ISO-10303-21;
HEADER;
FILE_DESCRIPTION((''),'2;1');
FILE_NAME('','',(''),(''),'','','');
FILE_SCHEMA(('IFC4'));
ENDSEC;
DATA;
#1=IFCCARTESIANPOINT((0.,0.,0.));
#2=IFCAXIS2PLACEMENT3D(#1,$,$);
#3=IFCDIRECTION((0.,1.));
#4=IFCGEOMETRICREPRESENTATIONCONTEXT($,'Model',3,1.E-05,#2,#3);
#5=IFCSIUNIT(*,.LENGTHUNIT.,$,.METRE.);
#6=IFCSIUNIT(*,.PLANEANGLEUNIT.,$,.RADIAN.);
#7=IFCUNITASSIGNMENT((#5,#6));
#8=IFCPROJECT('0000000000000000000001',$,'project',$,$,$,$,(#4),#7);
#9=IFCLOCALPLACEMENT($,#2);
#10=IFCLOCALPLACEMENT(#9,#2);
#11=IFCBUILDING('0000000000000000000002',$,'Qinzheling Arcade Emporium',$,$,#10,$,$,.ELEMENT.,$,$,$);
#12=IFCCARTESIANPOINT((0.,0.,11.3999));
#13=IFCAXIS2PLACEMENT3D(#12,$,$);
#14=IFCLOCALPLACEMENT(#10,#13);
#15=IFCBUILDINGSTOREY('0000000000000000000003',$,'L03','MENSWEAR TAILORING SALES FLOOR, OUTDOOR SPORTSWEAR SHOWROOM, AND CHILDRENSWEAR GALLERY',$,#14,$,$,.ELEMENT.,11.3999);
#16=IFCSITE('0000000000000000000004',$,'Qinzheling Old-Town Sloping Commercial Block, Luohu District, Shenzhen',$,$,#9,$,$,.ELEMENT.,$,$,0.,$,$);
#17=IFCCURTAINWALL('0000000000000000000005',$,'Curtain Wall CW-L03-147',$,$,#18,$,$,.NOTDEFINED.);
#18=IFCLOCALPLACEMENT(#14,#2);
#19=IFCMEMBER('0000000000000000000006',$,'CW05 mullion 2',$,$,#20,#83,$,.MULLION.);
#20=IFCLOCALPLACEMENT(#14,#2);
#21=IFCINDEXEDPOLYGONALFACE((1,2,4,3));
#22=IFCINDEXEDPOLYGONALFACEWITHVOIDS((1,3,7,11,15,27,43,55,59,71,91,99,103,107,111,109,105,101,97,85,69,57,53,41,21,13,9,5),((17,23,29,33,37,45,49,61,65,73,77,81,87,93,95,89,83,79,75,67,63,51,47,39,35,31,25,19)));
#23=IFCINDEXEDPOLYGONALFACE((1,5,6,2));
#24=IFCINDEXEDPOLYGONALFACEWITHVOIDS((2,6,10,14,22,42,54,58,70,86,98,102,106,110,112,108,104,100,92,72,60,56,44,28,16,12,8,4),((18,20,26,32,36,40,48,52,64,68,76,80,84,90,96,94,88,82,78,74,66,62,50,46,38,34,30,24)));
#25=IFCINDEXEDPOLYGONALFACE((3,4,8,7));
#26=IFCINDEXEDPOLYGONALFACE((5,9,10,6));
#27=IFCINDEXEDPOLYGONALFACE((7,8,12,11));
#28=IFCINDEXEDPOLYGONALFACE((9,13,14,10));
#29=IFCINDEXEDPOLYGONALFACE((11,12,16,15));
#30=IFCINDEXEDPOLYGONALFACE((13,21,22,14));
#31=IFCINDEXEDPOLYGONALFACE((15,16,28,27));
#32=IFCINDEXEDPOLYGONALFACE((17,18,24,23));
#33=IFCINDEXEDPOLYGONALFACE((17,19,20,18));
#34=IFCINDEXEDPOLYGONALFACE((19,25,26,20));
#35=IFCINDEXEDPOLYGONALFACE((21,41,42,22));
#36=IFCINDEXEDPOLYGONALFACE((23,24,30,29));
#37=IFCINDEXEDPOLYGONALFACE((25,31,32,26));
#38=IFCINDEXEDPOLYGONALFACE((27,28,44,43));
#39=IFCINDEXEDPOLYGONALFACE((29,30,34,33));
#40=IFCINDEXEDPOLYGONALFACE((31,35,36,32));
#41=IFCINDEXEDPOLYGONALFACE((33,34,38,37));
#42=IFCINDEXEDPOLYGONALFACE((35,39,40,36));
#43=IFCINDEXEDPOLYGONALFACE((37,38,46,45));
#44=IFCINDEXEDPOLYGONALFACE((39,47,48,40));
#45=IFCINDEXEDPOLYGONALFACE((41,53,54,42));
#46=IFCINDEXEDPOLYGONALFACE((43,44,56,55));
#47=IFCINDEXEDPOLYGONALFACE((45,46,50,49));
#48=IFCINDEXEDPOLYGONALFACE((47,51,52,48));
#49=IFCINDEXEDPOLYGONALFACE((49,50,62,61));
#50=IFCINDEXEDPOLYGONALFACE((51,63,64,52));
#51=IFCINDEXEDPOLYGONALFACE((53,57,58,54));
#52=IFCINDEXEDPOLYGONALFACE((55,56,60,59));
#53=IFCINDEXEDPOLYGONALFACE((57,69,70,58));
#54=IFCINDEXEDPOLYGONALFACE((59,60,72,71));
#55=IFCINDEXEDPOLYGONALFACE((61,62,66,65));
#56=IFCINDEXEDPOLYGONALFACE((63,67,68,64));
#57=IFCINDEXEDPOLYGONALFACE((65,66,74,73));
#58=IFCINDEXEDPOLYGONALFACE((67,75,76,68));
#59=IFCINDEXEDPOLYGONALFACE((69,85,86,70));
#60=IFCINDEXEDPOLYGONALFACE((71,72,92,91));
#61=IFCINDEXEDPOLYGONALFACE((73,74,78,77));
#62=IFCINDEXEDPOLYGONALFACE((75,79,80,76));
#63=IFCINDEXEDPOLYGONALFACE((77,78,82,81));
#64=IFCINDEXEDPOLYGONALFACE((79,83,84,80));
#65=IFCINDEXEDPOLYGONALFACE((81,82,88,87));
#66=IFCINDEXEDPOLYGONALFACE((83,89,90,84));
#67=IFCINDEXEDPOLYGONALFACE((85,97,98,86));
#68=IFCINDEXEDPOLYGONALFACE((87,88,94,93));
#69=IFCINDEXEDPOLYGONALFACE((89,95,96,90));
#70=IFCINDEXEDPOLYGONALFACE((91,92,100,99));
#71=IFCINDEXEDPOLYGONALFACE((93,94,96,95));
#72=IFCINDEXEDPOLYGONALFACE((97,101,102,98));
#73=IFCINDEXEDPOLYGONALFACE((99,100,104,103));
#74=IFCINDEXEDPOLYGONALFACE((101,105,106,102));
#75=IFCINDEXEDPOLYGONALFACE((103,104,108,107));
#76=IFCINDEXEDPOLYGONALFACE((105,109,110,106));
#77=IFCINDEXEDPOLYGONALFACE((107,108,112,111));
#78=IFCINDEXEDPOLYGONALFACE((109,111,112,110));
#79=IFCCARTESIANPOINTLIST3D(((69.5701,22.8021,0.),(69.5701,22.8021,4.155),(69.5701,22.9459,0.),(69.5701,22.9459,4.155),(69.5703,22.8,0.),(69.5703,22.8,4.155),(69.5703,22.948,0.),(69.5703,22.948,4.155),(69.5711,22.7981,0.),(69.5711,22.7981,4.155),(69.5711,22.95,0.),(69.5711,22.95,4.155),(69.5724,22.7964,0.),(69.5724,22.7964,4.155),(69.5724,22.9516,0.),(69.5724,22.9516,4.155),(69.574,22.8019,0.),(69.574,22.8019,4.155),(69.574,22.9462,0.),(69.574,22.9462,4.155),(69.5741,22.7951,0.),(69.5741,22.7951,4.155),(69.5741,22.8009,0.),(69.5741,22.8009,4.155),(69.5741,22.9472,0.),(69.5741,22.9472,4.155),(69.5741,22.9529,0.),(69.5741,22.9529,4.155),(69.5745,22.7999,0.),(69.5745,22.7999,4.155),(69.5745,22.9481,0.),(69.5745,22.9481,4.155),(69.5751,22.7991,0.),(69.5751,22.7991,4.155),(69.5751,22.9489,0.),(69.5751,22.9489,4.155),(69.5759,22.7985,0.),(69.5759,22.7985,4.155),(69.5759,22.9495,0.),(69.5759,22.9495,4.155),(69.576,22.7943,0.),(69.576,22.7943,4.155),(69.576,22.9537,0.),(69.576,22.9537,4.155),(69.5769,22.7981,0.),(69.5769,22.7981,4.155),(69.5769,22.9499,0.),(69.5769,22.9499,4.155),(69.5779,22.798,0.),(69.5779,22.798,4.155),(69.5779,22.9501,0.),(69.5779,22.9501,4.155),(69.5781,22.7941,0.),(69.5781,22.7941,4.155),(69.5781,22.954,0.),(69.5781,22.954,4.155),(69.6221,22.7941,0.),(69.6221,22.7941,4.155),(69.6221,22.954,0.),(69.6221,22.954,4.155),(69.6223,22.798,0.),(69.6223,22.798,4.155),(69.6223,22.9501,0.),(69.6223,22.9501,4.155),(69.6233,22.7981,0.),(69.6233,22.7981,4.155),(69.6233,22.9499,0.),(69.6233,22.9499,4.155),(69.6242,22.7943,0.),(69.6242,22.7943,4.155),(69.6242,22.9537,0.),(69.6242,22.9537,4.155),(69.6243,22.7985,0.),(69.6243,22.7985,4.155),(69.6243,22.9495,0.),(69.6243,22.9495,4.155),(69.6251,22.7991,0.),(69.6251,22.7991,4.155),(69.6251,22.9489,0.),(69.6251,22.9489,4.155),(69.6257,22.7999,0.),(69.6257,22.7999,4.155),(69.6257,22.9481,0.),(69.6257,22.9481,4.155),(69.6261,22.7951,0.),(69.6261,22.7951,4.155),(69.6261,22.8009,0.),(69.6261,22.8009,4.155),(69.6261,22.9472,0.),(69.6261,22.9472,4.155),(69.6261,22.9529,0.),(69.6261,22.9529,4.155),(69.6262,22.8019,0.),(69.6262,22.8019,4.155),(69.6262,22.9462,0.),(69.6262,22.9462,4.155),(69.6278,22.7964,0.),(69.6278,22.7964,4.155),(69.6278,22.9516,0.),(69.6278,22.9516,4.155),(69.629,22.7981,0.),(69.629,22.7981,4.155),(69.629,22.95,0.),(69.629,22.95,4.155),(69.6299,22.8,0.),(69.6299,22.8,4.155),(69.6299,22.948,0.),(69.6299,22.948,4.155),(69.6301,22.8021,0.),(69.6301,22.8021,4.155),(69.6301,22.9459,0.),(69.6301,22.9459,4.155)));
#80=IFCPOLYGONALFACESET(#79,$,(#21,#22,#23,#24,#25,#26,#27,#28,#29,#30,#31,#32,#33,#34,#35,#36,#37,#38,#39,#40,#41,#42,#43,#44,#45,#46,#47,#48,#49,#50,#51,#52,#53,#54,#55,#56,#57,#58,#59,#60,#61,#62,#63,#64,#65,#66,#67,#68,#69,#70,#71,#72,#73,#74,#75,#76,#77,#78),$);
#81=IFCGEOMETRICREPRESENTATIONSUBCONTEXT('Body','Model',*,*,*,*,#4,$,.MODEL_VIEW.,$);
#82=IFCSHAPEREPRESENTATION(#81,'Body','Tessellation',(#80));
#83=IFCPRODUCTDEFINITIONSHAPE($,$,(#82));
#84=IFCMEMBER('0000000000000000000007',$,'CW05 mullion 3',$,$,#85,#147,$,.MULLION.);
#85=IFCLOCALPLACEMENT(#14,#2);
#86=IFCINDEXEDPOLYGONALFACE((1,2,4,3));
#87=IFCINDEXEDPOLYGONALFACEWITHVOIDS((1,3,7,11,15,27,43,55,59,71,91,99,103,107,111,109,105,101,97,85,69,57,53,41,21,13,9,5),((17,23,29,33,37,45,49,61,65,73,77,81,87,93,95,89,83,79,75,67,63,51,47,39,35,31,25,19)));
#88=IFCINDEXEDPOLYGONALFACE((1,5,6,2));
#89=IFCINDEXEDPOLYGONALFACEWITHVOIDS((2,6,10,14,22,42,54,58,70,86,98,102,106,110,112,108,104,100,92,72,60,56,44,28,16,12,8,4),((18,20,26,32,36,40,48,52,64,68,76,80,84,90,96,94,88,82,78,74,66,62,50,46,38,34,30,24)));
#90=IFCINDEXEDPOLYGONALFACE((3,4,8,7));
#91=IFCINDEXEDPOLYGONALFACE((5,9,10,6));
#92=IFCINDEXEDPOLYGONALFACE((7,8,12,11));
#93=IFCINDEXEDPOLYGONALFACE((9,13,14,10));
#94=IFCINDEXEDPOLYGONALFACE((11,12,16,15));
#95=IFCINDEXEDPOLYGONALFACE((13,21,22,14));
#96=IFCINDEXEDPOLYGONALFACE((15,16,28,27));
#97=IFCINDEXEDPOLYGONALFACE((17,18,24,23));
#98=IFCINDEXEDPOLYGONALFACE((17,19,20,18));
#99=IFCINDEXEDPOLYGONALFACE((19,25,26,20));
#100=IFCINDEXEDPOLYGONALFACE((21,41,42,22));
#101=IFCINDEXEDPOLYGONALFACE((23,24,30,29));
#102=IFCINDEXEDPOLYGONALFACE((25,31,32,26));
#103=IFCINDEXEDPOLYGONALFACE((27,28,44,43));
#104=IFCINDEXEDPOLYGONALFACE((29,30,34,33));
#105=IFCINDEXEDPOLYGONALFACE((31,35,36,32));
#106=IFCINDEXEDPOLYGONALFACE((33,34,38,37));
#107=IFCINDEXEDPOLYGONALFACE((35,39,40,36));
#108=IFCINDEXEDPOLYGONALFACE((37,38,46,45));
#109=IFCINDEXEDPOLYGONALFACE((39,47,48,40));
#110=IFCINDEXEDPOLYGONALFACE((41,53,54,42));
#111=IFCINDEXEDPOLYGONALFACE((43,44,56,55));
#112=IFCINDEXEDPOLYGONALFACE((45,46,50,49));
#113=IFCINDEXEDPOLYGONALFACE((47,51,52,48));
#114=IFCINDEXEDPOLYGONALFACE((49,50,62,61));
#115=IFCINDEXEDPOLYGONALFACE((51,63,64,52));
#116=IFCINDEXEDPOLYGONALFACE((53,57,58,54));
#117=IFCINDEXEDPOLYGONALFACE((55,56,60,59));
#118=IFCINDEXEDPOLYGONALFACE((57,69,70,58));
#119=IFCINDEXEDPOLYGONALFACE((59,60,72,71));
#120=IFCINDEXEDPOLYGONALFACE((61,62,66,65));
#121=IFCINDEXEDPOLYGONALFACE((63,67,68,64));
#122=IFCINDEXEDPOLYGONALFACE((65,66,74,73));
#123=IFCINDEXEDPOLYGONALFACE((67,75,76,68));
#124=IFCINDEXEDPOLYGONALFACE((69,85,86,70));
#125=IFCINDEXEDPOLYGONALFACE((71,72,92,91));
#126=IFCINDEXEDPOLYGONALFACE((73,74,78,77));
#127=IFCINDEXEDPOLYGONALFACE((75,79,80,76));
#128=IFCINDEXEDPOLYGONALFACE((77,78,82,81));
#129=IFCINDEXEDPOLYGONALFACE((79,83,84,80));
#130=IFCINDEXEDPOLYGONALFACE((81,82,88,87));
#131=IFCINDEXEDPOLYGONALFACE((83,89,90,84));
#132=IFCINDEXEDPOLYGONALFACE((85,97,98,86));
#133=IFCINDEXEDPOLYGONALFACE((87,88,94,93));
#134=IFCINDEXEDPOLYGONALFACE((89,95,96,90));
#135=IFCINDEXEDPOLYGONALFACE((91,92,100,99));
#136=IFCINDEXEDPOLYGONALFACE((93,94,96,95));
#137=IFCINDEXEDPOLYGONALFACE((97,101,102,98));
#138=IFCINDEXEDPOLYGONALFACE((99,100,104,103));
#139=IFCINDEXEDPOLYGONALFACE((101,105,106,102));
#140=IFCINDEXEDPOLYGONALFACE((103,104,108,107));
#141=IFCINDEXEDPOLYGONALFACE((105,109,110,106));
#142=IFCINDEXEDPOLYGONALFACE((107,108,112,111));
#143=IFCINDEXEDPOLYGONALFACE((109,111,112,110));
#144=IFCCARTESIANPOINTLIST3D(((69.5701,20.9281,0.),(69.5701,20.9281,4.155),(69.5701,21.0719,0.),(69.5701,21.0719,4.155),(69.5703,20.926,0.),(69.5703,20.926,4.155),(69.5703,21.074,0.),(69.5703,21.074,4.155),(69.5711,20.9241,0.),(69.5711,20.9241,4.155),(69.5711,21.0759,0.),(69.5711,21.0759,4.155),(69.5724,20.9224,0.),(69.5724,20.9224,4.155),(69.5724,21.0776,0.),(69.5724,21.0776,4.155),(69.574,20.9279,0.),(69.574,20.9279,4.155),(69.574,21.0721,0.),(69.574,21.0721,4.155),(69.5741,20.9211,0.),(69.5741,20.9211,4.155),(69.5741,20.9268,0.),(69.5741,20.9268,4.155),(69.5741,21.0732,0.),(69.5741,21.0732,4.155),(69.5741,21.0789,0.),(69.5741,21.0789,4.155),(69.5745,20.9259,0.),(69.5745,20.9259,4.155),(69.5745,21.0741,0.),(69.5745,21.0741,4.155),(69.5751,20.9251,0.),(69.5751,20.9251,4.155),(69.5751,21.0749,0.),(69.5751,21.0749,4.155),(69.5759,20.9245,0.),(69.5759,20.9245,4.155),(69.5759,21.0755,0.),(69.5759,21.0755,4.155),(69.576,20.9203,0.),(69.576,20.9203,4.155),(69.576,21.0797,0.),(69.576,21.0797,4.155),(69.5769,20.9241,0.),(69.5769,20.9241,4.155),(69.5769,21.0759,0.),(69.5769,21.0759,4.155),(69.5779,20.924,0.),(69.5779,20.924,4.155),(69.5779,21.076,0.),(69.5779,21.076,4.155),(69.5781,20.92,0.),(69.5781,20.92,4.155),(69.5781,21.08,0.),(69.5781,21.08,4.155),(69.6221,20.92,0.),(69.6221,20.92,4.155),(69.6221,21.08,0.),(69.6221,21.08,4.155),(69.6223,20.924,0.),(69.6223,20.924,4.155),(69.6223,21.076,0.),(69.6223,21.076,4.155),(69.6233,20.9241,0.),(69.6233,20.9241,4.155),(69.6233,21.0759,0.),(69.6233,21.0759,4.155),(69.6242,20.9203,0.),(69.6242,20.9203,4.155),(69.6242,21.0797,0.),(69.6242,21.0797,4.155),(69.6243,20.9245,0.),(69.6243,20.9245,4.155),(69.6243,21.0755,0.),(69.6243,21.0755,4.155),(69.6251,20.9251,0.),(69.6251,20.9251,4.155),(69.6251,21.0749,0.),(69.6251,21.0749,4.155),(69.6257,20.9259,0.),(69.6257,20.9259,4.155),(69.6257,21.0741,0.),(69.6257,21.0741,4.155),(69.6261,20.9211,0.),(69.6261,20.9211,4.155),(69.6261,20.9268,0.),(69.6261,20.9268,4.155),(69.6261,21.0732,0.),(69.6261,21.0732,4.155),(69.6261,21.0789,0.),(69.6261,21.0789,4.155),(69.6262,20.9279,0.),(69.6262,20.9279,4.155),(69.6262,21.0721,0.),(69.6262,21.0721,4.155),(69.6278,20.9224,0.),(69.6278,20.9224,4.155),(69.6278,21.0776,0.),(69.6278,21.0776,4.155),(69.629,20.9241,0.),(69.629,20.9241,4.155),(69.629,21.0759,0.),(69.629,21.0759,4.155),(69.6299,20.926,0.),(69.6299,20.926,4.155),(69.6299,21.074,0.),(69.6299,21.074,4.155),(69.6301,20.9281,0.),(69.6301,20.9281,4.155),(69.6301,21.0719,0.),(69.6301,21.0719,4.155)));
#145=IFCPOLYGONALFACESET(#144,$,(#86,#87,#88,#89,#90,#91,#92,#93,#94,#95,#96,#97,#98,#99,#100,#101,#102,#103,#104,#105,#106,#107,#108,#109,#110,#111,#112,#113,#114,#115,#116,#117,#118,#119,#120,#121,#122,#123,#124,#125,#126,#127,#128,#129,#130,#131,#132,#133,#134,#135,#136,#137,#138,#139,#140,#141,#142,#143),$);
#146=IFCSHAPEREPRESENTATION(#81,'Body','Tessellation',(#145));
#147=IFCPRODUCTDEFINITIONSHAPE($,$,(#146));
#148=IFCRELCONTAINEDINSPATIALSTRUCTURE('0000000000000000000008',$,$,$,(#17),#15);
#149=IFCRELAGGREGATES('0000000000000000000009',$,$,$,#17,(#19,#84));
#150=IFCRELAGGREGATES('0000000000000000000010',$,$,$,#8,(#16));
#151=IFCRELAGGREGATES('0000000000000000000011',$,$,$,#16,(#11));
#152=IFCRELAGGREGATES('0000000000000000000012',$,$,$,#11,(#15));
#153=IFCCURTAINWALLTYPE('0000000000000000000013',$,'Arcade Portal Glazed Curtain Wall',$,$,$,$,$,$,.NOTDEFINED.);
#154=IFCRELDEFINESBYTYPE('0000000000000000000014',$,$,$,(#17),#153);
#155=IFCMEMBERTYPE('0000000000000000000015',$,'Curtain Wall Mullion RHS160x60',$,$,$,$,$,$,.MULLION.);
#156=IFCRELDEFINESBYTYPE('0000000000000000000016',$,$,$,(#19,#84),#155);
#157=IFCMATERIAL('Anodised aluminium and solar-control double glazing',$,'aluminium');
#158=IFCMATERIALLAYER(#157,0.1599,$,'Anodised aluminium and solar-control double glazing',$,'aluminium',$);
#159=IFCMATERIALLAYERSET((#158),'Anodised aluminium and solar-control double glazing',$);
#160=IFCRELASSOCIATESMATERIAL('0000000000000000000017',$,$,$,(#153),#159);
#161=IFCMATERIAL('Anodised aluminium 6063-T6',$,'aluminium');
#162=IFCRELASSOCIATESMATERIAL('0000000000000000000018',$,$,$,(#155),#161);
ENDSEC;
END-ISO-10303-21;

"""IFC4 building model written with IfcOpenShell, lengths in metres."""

from ifc_helpers import new_model, si_unit, direction, frame, origin, origin_2d, place, context, subcontext, project, spatial, hollow_rectangle, extrude, material, layer, layer_set, material_profile, profile_set, type_object, element, aggregate, save


model = new_model("IFC4")

# Units and contexts
model_context = context("Model", 3, precision=1e-05, world=origin(), true_north=direction((0.0, 1.0)))
body_context = subcontext(model_context, "Body", "Model", "MODEL_VIEW")
ifc_project = project(units=[si_unit("LENGTHUNIT", "METRE"), si_unit("PLANEANGLEUNIT", "RADIAN")], contexts=[model_context])

# Site, building, storey
site_placement = place(None, origin())
site = spatial("IfcSite", under=ifc_project, at=site_placement, Name="Qinzheling Old-Town Sloping Commercial Block, Luohu District, Shenzhen", CompositionType="ELEMENT", RefElevation=0.0)
building_placement = place(site_placement, origin())
building = spatial("IfcBuilding", under=site, at=building_placement, Name="Qinzheling Arcade Emporium", CompositionType="ELEMENT")
storey_placement = place(building_placement, frame((0.0, 0.0, 11.3999)))
storey = spatial("IfcBuildingStorey", under=building, at=storey_placement, Name="L03", Description="MENSWEAR TAILORING SALES FLOOR, OUTDOOR SPORTSWEAR SHOWROOM, AND CHILDRENSWEAR GALLERY", CompositionType="ELEMENT", Elevation=11.3999)

# Shared definitions
ifc_material_1 = material(Name="Anodised aluminium and solar-control double glazing", Category="aluminium")
ifc_layer_1 = layer(ifc_material_1, 0.1599, Name="Anodised aluminium and solar-control double glazing", Category="aluminium")
ifc_layer_set_1 = layer_set([ifc_layer_1], Name="Anodised aluminium and solar-control double glazing")
curtain_wall_type = type_object("IfcCurtainWallType", Name="Arcade Portal Glazed Curtain Wall", PredefinedType="NOTDEFINED", material=ifc_layer_set_1)
ifc_material_2 = material(Name="Anodised aluminium 6063-T6", Category="aluminium")
ifc_material_profile_1 = material_profile(ifc_material_2, hollow_rectangle(XDim=0.0601, YDim=0.1599, WallThickness=0.0039, InnerFilletRadius=0.0039, OuterFilletRadius=0.0081, at=origin_2d()), Name="RHS 160x60x4", Category="aluminium")
ifc_profile_set_1 = profile_set([ifc_material_profile_1], Name="Anodised aluminium 6063-T6")
member_type_1 = type_object("IfcMemberType", Name="Curtain Wall Mullion RHS160x60", PredefinedType="MULLION", material=ifc_profile_set_1)

# Curtain wall, members
curtain_wall_1_placement = place(storey_placement, origin())
curtain_wall_1 = element("IfcCurtainWall", 1, at=curtain_wall_1_placement, inside=storey, type_object=curtain_wall_type, Name="Curtain Wall CW-L03-147", PredefinedType="NOTDEFINED")
member_1_placement = place(storey_placement, frame((69.6001, 22.874, 0.0), z_axis=(0.0, 0.0, 1.0), x_axis=(1.0, 0.0, 0.0)))
member_1 = element("IfcMember", 2, at=member_1_placement, type_object=member_type_1, Name="CW05 mullion 2", PredefinedType="MULLION", context=body_context, shape_type="SweptSolid", body=[
    extrude(hollow_rectangle(XDim=0.0601, YDim=0.1599, WallThickness=0.0039, InnerFilletRadius=0.0039, OuterFilletRadius=0.0081, at=origin_2d()), origin(), (0.0, 0.0, 1.0), 4.155),
])
member_2_placement = place(storey_placement, frame((69.6001, 21.0, 0.0), z_axis=(0.0, 0.0, 1.0), x_axis=(1.0, 0.0, 0.0)))
member_2 = element("IfcMember", 3, at=member_2_placement, type_object=member_type_1, Name="CW05 mullion 3", PredefinedType="MULLION", context=body_context, shape_type="SweptSolid", body=[
    extrude(hollow_rectangle(XDim=0.0601, YDim=0.1599, WallThickness=0.0039, InnerFilletRadius=0.0039, OuterFilletRadius=0.0081, at=origin_2d()), origin(), (0.0, 0.0, 1.0), 4.155),
])

aggregate(curtain_wall_1, [member_1, member_2])

save(model, "model.ifc")
